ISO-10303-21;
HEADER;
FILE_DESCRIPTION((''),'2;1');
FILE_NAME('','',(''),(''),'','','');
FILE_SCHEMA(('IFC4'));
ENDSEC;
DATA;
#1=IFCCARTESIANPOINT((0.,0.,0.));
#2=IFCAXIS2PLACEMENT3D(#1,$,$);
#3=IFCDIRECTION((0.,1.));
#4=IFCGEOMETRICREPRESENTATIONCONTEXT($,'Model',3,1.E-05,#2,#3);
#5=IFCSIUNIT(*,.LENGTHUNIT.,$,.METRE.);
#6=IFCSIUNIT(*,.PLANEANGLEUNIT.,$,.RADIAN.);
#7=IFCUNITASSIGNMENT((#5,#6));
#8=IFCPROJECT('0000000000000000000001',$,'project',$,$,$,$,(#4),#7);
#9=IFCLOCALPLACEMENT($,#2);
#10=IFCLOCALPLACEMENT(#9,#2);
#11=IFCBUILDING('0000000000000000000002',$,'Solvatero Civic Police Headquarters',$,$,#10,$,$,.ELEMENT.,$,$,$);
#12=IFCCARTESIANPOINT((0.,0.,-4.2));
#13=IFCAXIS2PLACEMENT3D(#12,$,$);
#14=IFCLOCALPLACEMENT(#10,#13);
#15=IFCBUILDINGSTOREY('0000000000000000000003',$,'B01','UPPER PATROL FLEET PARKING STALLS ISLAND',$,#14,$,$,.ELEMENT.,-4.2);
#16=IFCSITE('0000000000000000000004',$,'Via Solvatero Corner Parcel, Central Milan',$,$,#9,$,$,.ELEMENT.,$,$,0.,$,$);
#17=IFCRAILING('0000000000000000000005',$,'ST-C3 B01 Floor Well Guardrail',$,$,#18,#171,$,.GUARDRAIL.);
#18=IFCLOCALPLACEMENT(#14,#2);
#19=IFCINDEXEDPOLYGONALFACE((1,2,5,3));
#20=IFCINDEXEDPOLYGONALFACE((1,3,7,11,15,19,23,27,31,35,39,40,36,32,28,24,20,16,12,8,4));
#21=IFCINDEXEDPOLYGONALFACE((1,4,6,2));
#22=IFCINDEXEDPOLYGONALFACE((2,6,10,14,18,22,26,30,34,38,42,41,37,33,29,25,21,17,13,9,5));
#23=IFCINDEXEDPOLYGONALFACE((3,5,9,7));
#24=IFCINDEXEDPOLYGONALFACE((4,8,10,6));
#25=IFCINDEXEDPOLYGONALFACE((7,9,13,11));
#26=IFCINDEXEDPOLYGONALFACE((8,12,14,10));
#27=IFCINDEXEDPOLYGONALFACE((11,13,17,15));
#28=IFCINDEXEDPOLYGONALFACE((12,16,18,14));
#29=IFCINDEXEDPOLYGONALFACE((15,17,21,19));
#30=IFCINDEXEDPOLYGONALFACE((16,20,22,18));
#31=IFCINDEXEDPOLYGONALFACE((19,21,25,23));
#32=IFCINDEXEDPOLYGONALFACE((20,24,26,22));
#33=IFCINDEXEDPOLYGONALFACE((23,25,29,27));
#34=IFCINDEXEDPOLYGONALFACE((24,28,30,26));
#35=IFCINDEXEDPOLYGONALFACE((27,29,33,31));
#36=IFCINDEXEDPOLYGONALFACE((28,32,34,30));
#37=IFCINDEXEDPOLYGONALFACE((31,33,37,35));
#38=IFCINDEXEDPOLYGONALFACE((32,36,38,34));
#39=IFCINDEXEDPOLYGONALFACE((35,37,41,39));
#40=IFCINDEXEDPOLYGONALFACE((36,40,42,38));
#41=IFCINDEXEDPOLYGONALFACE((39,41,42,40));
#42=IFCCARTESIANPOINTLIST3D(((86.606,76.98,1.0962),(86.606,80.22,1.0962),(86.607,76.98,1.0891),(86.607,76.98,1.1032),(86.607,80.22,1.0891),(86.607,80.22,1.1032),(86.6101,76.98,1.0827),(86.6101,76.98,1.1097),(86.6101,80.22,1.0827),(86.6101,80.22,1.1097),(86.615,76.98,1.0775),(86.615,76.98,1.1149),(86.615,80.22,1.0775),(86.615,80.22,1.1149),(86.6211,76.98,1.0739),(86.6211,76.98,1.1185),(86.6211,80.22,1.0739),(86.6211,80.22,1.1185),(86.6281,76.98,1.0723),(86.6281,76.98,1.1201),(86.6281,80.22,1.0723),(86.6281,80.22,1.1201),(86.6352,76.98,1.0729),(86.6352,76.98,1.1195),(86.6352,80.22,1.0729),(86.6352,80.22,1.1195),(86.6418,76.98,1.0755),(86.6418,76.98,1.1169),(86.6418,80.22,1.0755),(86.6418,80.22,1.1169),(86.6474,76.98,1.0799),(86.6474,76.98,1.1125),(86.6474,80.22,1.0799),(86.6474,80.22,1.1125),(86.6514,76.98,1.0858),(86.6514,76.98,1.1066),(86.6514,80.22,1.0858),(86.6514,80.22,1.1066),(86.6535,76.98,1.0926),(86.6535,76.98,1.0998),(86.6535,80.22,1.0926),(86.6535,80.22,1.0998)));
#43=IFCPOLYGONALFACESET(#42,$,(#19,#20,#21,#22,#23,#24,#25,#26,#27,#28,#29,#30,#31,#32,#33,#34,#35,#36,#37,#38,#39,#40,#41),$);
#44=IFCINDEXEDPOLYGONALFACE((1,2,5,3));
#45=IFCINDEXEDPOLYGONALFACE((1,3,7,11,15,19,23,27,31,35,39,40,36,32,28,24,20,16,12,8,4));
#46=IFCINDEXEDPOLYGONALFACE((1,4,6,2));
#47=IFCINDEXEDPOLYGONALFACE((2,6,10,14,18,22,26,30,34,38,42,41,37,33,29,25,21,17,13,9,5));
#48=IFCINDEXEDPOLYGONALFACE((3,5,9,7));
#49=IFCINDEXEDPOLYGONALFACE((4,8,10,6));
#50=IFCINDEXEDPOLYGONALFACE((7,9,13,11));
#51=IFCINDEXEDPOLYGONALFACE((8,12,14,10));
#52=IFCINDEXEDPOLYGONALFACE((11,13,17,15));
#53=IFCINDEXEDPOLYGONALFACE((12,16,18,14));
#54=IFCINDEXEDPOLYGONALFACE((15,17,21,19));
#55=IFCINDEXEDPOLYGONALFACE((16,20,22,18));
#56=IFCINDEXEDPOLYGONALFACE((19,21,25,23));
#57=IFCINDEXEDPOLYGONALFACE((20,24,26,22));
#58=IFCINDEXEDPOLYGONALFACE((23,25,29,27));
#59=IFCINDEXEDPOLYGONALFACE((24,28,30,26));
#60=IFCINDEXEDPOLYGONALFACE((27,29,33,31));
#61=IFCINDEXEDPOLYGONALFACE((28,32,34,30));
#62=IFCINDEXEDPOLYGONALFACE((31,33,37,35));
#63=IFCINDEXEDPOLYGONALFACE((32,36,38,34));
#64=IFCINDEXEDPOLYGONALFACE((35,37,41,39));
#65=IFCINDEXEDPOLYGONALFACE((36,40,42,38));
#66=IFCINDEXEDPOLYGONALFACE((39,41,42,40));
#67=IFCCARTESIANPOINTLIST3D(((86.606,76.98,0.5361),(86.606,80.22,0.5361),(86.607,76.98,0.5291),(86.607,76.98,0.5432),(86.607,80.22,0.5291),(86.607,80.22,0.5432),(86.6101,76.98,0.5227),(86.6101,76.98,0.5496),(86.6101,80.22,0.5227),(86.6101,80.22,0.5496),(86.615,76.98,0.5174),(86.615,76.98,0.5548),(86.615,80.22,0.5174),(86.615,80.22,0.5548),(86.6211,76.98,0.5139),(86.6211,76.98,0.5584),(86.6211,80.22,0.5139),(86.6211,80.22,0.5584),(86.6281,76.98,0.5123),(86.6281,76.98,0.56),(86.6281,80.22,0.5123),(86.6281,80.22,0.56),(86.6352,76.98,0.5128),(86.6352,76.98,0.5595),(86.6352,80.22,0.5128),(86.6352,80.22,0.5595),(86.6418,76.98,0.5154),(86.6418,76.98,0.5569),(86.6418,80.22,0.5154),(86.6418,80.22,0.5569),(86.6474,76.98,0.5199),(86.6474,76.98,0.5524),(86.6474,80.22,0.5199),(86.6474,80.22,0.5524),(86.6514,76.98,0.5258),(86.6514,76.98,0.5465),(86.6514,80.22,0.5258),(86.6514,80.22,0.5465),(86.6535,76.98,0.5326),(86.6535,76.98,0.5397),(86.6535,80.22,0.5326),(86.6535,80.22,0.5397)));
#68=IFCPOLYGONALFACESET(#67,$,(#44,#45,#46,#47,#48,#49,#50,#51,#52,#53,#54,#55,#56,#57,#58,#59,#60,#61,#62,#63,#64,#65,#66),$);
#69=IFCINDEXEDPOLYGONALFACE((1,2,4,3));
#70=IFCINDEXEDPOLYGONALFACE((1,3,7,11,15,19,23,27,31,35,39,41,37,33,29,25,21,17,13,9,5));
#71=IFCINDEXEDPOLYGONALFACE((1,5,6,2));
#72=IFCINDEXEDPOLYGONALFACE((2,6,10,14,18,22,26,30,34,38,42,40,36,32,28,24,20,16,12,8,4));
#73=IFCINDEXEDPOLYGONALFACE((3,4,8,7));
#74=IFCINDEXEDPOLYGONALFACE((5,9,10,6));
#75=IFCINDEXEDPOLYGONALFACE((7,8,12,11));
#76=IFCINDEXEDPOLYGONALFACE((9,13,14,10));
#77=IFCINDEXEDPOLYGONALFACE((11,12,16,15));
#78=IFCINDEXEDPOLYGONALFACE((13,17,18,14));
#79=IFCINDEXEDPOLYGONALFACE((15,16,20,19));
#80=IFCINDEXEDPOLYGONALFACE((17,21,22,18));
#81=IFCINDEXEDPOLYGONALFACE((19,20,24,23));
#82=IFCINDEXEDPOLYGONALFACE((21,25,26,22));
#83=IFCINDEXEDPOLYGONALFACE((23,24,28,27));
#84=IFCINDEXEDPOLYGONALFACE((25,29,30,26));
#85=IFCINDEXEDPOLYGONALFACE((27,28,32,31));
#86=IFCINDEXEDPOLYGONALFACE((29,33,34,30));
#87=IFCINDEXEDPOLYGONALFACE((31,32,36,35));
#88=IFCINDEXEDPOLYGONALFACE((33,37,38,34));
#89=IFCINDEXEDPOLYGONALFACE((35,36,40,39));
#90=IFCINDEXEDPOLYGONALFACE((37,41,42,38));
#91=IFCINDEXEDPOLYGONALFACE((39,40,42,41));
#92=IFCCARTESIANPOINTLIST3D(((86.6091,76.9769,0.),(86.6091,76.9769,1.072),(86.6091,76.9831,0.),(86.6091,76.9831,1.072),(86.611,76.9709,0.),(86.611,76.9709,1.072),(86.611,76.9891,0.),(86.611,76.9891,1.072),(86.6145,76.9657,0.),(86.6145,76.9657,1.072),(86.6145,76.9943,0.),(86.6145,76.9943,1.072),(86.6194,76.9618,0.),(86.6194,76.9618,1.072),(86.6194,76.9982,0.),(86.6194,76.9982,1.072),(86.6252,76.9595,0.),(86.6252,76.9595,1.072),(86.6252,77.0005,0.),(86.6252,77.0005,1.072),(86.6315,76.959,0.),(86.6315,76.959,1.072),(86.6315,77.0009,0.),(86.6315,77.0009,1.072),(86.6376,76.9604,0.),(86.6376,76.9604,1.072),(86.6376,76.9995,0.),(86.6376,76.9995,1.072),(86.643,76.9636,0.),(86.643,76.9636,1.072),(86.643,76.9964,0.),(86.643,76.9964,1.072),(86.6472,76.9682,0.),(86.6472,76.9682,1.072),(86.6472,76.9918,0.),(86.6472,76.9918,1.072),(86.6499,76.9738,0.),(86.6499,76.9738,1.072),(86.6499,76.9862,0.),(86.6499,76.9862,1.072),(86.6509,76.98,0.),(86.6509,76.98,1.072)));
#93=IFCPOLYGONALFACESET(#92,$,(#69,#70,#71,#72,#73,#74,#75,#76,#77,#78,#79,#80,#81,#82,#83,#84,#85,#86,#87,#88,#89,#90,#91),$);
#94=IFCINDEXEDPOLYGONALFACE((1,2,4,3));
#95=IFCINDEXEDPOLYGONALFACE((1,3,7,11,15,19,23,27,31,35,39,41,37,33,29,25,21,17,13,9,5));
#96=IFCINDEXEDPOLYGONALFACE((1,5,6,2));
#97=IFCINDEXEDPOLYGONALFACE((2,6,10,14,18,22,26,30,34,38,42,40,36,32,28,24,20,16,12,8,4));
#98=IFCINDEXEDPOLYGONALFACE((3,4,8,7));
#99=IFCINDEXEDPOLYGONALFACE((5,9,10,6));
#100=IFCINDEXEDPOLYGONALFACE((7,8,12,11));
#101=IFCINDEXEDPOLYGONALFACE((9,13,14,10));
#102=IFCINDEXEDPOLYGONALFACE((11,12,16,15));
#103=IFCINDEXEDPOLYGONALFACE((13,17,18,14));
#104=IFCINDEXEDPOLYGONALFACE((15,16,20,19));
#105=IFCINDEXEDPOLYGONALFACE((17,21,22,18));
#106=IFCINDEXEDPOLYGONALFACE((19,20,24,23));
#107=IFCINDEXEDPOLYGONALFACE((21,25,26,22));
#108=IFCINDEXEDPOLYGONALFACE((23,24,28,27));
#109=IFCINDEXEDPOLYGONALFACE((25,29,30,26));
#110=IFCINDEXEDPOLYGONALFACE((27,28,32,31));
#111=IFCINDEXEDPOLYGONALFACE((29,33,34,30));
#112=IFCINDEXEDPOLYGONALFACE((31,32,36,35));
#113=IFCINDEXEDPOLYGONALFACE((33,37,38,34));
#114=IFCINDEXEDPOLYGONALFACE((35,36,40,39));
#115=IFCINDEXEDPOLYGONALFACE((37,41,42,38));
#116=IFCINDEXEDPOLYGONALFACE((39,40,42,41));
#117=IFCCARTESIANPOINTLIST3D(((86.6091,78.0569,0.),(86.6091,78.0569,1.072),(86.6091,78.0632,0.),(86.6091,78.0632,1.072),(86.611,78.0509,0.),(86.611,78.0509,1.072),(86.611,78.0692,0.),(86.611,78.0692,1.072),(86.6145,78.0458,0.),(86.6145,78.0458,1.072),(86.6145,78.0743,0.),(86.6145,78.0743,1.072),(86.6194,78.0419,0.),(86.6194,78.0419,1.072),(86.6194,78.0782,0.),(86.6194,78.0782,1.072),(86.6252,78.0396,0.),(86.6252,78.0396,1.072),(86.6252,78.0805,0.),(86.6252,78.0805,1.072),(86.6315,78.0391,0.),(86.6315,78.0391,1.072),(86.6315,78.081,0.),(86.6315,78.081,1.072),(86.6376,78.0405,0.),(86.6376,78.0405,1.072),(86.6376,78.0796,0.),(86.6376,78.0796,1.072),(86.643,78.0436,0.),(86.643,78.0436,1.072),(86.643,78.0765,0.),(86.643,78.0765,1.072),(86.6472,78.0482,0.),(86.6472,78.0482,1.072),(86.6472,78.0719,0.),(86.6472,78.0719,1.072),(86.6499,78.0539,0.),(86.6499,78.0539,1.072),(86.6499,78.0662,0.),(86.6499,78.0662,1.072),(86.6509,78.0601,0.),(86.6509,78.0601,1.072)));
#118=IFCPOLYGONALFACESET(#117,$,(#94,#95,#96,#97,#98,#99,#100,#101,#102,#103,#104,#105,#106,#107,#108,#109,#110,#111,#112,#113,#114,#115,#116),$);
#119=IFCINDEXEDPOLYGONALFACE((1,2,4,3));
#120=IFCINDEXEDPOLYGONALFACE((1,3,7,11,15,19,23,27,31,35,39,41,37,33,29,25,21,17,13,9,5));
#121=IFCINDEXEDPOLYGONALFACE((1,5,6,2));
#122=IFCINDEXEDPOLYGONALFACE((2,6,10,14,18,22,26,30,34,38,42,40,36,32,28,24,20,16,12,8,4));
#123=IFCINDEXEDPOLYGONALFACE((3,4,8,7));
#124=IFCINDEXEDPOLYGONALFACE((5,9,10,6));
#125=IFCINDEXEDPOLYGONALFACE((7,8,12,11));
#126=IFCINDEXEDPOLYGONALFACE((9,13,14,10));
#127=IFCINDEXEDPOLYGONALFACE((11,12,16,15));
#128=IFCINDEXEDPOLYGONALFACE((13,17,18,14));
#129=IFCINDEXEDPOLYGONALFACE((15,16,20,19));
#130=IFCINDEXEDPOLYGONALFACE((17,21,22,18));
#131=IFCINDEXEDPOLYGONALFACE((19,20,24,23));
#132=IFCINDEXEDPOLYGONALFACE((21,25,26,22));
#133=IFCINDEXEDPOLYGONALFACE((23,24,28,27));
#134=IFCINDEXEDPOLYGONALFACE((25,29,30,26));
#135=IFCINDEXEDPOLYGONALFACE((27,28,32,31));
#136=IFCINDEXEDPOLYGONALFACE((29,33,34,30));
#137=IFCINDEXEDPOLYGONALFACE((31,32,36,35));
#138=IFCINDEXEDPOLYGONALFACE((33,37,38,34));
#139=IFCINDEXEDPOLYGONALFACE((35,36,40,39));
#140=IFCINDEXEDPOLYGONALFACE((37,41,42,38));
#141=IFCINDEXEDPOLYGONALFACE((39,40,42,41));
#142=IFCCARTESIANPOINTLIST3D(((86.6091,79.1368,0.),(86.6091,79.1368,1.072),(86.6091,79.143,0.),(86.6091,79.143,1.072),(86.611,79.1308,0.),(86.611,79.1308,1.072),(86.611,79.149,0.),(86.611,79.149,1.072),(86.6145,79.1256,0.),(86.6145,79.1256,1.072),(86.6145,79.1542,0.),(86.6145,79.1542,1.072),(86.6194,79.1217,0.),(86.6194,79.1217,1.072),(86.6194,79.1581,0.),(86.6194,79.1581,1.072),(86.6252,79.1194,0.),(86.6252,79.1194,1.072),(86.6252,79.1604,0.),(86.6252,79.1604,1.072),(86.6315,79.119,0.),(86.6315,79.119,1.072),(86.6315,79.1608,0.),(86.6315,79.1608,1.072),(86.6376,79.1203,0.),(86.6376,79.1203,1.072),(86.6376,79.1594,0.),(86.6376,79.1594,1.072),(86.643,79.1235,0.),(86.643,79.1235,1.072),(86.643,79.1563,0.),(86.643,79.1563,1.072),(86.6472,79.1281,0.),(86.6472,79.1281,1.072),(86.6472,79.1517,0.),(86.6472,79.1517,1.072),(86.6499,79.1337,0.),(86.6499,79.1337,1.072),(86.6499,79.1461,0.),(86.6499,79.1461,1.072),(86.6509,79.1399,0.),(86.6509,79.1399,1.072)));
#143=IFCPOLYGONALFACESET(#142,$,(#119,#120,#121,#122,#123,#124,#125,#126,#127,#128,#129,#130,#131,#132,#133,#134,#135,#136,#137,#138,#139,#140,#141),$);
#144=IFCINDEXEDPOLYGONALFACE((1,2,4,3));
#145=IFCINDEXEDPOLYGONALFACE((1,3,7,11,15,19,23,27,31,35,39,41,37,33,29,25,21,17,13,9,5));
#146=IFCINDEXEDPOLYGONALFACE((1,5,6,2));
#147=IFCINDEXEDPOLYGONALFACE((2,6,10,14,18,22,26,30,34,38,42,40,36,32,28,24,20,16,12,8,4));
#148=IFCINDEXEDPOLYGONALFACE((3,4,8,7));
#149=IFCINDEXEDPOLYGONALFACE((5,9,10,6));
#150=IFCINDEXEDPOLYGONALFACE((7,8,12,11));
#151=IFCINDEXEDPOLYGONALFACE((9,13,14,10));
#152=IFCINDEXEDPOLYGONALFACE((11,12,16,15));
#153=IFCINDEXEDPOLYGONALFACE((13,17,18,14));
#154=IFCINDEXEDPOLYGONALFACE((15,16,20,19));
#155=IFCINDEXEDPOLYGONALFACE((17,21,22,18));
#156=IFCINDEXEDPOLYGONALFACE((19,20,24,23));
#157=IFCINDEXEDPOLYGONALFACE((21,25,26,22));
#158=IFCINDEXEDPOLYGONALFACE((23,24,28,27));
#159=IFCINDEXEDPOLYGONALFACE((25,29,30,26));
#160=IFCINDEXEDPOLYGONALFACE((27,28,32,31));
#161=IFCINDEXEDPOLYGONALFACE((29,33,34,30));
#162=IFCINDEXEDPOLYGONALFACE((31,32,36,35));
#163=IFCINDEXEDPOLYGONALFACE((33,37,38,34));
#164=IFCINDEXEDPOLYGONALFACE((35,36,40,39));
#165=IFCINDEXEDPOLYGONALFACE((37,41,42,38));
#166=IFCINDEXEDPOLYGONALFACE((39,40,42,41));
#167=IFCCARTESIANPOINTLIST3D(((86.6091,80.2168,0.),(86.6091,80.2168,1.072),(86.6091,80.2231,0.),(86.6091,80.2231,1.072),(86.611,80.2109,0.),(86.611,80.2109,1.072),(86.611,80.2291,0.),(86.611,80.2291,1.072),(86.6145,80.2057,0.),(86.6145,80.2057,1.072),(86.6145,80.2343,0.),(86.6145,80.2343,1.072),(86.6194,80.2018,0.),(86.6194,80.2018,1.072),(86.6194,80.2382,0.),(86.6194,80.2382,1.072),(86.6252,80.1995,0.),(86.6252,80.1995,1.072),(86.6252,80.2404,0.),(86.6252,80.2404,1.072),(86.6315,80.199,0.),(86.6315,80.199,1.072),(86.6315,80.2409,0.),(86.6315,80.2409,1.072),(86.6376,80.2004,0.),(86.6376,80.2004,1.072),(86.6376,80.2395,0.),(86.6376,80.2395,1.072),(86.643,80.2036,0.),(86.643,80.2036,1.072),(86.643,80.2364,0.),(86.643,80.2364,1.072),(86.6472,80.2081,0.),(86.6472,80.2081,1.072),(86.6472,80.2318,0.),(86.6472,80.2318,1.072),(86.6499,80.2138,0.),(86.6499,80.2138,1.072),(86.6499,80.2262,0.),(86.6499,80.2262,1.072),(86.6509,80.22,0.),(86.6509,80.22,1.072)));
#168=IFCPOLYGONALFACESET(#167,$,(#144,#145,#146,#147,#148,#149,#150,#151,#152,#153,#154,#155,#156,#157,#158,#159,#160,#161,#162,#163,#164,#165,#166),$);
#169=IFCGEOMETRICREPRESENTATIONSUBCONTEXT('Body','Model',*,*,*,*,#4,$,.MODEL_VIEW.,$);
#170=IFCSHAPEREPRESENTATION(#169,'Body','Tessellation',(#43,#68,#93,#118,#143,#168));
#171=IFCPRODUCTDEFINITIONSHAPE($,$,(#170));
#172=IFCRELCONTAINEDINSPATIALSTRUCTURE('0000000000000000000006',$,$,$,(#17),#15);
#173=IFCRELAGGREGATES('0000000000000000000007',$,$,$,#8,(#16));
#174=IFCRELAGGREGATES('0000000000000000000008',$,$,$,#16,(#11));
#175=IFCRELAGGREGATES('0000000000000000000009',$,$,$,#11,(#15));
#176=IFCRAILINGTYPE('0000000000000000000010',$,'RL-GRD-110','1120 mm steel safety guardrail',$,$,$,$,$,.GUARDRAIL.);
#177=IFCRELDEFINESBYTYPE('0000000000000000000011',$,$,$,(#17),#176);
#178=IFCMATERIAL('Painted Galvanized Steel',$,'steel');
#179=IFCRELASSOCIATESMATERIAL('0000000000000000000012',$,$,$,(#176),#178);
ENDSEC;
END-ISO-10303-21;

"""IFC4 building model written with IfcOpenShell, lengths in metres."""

from ifc_helpers import new_model, si_unit, direction, frame, origin, origin_2d, place, context, subcontext, project, spatial, circle, extrude, material, type_object, element, save


model = new_model("IFC4")

# Units and contexts
model_context = context("Model", 3, precision=1e-05, world=origin(), true_north=direction((0.0, 1.0)))
body_context = subcontext(model_context, "Body", "Model", "MODEL_VIEW")
ifc_project = project(units=[si_unit("LENGTHUNIT", "METRE"), si_unit("PLANEANGLEUNIT", "RADIAN")], contexts=[model_context])

# Site, building, storey
site_placement = place(None, origin())
site = spatial("IfcSite", under=ifc_project, at=site_placement, Name="Via Solvatero Corner Parcel, Central Milan", CompositionType="ELEMENT", RefElevation=0.0)
building_placement = place(site_placement, origin())
building = spatial("IfcBuilding", under=site, at=building_placement, Name="Solvatero Civic Police Headquarters", CompositionType="ELEMENT")
storey_placement = place(building_placement, frame((0.0, 0.0, -4.2)))
storey = spatial("IfcBuildingStorey", under=building, at=storey_placement, Name="B01", Description="UPPER PATROL FLEET PARKING STALLS ISLAND", CompositionType="ELEMENT", Elevation=-4.2)

# Railing
ifc_material_1 = material(Name="Painted Galvanized Steel", Category="steel")
railing_type_1 = type_object("IfcRailingType", Name="RL-GRD-110", Description="1120 mm steel safety guardrail", PredefinedType="GUARDRAIL", material=ifc_material_1)
railing_1_placement = place(storey_placement, frame((86.6299, 76.98, 0.0)))
element("IfcRailing", 1, at=railing_1_placement, inside=storey, type_object=railing_type_1, Name="ST-C3 B01 Floor Well Guardrail", PredefinedType="GUARDRAIL", context=body_context, shape_type="SweptSolid", body=[
    extrude(circle(Radius=0.0239, at=origin_2d()), frame((0.0, 0.0, 1.0962), z_axis=(0.0, 1.0, 0.0), x_axis=(-1.0, 0.0, 0.0)), (0.0, 0.0, 1.0), 3.24),
    extrude(circle(Radius=0.0239, at=origin_2d()), frame((0.0, 0.0, 0.5361), z_axis=(0.0, 1.0, 0.0), x_axis=(-1.0, 0.0, 0.0)), (0.0, 0.0, 1.0), 3.24),
    extrude(circle(Radius=0.021, at=origin_2d()), origin(), (0.0, 0.0, 1.0), 1.072),
    extrude(circle(Radius=0.021, at=origin_2d()), frame((0.0, 1.0801, 0.0)), (0.0, 0.0, 1.0), 1.072),
    extrude(circle(Radius=0.021, at=origin_2d()), frame((0.0, 2.1599, 0.0)), (0.0, 0.0, 1.0), 1.072),
    extrude(circle(Radius=0.021, at=origin_2d()), frame((0.0, 3.24, 0.0)), (0.0, 0.0, 1.0), 1.072),
])

save(model, "model.ifc")
